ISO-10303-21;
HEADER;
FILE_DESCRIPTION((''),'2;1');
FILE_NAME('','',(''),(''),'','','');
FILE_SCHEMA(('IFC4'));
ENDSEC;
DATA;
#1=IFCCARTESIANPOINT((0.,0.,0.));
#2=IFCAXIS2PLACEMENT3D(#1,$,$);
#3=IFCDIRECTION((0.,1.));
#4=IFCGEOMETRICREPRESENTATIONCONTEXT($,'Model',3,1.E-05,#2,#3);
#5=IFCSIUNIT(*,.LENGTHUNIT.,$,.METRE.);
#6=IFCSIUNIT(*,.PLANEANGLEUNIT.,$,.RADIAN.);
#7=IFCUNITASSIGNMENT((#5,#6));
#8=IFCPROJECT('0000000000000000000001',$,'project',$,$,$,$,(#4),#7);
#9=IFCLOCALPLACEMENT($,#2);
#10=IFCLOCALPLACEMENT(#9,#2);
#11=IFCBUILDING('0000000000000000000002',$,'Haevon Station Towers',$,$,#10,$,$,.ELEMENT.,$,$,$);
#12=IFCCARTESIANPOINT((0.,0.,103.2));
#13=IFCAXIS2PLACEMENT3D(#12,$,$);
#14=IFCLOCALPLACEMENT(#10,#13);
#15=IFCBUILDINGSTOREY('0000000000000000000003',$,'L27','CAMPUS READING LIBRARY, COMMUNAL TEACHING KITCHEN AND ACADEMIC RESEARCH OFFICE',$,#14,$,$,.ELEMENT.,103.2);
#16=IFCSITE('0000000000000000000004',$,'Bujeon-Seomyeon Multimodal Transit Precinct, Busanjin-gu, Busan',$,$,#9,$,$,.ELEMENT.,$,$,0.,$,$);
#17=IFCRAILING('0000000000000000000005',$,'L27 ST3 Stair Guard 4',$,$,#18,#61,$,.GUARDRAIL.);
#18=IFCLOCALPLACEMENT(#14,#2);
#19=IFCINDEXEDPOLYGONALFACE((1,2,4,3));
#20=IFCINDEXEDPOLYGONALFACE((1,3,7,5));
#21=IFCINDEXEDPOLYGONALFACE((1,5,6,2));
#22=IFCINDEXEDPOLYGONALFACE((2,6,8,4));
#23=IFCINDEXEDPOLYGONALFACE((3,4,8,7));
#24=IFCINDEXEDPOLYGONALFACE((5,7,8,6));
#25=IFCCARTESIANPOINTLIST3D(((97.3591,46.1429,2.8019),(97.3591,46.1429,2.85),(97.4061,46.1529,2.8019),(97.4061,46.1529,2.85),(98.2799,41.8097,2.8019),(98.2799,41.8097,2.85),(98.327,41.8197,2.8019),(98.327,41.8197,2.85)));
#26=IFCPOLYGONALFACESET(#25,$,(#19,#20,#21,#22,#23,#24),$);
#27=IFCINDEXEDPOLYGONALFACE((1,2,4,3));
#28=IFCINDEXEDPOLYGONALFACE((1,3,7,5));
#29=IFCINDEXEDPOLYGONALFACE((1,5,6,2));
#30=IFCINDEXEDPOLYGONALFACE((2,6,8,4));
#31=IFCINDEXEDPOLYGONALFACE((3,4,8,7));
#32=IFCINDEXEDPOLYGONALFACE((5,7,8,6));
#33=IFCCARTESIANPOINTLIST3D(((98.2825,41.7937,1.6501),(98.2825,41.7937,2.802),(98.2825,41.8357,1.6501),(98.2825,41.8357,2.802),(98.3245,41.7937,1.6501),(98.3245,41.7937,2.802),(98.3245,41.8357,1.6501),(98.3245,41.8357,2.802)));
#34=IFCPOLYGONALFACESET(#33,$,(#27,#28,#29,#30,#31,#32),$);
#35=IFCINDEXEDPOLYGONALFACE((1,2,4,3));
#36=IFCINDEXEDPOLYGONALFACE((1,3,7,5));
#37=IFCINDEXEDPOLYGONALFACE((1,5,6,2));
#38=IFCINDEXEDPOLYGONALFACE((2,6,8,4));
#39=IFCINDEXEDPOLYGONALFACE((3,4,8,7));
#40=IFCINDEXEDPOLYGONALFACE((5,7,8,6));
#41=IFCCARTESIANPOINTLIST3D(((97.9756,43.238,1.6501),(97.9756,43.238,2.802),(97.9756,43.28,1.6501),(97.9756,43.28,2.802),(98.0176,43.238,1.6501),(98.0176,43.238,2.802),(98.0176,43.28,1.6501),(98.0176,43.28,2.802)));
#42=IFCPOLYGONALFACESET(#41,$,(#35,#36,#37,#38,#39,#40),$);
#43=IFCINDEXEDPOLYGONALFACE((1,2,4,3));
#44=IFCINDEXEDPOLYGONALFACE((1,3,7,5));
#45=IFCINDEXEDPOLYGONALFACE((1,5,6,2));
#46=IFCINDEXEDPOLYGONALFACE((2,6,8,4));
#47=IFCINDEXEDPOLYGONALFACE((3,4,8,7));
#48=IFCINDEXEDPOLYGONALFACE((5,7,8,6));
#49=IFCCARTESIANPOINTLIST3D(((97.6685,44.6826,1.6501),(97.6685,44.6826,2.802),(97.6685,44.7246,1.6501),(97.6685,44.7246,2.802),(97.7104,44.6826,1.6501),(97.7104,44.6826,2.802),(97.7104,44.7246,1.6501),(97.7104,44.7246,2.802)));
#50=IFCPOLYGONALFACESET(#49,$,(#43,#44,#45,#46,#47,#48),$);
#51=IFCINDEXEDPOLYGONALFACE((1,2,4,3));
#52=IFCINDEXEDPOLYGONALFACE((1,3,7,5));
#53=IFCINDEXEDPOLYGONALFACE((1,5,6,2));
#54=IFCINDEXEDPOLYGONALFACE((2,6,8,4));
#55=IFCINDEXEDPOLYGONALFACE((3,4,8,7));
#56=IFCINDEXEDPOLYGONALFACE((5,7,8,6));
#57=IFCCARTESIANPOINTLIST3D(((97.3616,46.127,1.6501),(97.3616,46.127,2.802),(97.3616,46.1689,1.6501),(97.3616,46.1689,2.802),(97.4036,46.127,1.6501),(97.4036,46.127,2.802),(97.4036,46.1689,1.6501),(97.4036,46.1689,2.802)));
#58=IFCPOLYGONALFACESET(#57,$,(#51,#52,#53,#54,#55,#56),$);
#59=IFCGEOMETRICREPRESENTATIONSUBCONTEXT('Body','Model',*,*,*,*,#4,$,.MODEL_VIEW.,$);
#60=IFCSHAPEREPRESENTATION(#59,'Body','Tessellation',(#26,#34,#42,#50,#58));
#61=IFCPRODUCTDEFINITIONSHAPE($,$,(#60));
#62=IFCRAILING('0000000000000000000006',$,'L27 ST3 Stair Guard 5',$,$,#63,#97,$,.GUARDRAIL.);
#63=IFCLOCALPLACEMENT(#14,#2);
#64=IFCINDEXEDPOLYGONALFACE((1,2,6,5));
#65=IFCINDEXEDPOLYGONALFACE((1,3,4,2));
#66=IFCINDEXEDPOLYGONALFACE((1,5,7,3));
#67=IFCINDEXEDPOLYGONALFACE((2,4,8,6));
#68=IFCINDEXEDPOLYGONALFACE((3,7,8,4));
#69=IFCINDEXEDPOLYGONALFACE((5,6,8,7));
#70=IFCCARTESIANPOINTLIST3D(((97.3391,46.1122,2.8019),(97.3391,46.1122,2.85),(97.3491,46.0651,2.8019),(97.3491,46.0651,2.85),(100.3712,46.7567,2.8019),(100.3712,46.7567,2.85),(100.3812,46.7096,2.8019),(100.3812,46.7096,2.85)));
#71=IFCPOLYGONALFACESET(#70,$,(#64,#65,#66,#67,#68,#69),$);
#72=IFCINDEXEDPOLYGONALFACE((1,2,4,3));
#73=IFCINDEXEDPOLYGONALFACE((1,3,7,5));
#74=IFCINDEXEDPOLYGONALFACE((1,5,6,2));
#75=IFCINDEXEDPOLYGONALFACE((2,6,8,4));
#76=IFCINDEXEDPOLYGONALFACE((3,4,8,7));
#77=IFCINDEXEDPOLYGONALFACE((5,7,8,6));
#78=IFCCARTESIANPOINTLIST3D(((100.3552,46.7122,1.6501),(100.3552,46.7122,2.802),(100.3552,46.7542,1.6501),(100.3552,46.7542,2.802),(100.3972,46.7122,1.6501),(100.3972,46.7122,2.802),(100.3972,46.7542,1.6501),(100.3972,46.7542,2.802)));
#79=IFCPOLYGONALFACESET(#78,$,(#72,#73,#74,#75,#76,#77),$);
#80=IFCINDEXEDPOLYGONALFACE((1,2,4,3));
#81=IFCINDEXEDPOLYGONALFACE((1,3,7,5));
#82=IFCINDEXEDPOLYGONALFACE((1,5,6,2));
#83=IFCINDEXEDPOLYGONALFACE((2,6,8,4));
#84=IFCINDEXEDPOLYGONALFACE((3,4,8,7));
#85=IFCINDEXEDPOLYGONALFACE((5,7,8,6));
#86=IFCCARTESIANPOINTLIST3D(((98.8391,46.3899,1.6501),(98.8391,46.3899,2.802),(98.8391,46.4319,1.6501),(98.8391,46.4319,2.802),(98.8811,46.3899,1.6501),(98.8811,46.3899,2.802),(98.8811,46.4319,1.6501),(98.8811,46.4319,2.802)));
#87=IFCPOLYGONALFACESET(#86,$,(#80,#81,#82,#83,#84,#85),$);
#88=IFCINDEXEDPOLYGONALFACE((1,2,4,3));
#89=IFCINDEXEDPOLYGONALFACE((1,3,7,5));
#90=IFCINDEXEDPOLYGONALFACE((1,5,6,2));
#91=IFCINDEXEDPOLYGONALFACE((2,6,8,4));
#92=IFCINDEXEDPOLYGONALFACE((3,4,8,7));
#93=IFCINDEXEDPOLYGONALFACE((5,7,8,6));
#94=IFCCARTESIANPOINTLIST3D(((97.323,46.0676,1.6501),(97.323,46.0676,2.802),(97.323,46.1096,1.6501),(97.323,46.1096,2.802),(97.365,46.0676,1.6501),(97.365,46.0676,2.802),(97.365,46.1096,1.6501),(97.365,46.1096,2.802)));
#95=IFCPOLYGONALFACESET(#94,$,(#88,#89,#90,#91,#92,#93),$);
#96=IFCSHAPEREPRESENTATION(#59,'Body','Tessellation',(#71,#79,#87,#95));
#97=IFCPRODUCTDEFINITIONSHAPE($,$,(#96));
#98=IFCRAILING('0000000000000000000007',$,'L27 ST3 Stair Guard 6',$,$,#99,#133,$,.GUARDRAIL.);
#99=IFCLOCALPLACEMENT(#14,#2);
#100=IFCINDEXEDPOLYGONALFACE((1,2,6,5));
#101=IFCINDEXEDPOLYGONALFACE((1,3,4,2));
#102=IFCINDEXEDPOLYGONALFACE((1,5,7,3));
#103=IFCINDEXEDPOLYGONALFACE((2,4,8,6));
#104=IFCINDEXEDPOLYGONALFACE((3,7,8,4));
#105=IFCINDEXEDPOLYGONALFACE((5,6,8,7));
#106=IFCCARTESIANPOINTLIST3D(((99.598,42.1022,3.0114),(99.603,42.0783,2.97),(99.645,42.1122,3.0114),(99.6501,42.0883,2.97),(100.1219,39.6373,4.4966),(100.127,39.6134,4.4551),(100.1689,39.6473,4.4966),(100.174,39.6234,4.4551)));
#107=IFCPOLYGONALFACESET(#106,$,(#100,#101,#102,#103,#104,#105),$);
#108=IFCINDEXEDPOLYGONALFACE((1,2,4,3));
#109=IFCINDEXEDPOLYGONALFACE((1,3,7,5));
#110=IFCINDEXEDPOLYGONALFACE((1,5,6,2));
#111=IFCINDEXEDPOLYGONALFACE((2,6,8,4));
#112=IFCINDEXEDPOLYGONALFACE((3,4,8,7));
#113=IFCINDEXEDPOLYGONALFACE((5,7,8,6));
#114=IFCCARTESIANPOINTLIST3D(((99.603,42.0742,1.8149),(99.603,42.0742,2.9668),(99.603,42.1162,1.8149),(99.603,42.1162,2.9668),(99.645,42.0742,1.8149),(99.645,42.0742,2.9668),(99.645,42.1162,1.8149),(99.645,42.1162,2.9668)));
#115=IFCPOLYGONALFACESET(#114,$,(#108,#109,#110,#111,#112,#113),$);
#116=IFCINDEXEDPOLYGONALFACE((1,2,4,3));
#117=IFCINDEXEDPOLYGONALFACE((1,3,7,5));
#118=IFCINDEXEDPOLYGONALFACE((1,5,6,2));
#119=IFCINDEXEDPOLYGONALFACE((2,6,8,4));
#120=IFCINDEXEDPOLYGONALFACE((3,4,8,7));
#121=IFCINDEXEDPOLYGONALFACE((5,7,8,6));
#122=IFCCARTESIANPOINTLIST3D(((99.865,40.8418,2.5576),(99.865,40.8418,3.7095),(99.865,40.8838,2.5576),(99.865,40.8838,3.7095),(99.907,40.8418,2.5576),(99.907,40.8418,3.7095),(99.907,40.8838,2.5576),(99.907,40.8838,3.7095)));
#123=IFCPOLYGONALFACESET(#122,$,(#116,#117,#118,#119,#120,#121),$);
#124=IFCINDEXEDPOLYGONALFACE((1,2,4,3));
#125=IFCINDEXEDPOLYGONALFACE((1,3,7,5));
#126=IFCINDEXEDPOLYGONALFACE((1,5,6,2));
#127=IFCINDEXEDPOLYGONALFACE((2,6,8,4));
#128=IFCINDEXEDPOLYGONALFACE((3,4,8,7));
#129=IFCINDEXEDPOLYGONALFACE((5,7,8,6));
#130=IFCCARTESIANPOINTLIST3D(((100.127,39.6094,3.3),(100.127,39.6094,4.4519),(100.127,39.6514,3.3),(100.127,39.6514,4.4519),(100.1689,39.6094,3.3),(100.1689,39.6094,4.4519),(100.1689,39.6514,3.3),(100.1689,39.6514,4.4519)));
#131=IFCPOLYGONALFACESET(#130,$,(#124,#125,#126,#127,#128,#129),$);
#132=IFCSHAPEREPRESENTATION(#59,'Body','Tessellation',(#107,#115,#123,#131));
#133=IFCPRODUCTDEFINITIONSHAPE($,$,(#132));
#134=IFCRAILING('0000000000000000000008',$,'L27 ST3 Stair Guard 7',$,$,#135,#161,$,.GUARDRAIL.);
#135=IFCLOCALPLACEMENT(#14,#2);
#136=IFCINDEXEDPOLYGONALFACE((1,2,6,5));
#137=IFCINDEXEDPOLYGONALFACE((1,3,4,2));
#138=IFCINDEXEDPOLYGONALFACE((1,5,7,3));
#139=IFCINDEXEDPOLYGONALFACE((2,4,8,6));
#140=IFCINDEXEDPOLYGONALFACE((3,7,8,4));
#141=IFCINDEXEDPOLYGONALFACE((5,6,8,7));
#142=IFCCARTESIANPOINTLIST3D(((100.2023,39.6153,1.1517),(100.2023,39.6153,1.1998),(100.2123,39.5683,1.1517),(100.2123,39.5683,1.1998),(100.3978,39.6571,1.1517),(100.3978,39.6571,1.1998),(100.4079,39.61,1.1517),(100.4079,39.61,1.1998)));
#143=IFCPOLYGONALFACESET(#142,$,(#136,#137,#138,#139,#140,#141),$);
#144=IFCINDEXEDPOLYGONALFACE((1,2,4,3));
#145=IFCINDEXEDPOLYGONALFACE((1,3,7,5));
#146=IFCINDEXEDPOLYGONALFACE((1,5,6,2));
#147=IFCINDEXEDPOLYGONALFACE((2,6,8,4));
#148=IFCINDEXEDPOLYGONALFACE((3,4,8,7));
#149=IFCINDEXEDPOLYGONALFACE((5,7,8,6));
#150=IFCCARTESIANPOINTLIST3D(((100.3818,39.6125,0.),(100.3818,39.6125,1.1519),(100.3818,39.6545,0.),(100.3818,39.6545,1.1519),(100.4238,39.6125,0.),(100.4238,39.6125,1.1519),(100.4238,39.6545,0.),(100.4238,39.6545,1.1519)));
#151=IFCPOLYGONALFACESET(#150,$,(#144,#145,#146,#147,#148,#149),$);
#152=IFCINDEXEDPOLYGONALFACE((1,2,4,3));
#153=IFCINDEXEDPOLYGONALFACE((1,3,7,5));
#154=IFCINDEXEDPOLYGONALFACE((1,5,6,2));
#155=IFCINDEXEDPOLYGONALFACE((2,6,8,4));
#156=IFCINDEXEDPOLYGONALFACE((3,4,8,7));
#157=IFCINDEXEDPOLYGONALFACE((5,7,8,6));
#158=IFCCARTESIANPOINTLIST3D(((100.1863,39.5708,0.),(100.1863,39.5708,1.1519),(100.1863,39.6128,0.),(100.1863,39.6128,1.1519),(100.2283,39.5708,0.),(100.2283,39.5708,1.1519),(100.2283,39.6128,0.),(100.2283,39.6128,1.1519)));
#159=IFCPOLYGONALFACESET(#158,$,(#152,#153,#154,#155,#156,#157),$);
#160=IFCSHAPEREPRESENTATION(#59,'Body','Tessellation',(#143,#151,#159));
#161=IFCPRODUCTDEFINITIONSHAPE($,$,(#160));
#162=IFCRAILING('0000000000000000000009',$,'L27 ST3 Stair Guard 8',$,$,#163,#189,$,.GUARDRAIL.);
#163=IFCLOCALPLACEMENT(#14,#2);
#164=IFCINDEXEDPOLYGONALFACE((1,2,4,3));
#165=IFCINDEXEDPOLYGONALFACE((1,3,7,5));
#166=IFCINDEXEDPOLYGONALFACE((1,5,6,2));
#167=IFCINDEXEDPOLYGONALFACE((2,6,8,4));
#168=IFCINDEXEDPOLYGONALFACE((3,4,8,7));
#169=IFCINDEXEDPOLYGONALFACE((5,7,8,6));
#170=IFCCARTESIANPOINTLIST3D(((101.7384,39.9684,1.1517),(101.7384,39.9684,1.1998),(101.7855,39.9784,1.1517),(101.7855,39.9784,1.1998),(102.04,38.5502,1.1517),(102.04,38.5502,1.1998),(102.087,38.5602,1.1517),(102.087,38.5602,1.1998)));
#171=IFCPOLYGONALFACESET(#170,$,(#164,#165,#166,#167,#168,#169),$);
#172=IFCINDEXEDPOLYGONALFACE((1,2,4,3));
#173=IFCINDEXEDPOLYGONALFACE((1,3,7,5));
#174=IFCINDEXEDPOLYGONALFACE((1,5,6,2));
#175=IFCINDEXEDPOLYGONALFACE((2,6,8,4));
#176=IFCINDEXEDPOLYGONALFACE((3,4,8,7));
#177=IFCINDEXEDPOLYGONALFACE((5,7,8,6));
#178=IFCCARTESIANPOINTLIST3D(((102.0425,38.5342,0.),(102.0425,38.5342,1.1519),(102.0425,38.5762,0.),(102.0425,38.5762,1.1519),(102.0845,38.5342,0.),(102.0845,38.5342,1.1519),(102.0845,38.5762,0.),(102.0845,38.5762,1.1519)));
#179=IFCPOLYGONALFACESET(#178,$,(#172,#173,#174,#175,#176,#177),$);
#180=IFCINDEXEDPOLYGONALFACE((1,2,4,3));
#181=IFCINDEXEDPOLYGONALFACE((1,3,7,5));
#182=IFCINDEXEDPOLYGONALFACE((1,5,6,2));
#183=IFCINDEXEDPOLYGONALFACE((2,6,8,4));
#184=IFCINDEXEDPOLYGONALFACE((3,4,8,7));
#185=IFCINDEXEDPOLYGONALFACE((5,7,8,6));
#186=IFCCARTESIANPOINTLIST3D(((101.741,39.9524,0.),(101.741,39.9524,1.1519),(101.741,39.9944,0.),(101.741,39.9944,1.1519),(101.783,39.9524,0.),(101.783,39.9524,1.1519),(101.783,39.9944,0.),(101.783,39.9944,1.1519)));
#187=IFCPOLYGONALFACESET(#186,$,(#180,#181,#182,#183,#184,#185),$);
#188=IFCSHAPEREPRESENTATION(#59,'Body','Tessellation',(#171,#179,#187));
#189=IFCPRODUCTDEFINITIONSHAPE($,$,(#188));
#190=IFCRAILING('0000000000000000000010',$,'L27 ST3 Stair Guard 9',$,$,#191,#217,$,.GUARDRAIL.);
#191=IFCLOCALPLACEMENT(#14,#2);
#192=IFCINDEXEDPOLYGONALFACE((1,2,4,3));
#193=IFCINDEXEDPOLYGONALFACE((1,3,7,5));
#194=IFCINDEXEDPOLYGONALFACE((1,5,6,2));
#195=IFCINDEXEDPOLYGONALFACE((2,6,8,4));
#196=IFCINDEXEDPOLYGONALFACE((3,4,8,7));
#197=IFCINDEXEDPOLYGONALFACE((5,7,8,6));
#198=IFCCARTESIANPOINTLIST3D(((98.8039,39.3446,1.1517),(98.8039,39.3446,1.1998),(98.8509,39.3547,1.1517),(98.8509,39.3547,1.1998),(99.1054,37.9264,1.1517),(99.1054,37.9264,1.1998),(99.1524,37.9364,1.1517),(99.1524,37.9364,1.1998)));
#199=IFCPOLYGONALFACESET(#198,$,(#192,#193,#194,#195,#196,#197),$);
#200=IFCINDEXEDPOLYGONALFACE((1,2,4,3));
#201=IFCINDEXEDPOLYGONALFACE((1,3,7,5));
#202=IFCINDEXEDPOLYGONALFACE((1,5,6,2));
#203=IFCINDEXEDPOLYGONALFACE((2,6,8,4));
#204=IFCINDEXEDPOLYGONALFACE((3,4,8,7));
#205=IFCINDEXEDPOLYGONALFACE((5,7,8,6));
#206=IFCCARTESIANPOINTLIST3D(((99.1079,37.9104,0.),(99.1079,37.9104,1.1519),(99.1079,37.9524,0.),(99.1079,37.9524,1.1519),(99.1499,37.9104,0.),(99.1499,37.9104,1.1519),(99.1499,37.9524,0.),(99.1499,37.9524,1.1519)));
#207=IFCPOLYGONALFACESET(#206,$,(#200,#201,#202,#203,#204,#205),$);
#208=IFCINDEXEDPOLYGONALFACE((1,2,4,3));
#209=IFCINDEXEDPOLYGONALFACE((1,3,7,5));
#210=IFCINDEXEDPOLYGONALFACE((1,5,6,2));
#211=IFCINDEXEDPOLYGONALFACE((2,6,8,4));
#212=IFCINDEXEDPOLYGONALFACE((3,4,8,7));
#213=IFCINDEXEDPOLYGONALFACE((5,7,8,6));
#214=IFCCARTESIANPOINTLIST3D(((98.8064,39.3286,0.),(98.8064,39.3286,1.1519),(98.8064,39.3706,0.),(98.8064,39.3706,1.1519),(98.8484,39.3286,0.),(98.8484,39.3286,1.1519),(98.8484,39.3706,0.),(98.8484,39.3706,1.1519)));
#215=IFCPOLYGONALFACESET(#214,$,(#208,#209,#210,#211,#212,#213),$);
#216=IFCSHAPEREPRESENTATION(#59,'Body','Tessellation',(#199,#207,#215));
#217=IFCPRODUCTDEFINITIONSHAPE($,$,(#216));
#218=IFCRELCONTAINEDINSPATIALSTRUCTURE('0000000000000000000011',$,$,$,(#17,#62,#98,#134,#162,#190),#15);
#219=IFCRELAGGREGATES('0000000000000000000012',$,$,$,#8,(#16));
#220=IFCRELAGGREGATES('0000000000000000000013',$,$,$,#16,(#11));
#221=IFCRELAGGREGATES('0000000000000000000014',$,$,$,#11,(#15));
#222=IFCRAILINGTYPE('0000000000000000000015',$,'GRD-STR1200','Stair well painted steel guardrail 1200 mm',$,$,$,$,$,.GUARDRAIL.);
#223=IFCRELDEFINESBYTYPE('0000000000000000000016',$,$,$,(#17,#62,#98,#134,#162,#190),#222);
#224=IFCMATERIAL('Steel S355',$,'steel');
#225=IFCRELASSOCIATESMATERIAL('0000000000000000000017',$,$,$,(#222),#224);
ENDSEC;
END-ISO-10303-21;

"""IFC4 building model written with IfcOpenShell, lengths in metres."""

from ifc_helpers import new_model, si_unit, direction, frame, origin, origin_2d, place, context, subcontext, project, spatial, rectangle, extrude, material, type_object, element, save


model = new_model("IFC4")

# Units and contexts
model_context = context("Model", 3, precision=1e-05, world=origin(), true_north=direction((0.0, 1.0)))
body_context = subcontext(model_context, "Body", "Model", "MODEL_VIEW")
ifc_project = project(units=[si_unit("LENGTHUNIT", "METRE"), si_unit("PLANEANGLEUNIT", "RADIAN")], contexts=[model_context])

# Site, building, storey
site_placement = place(None, origin())
site = spatial("IfcSite", under=ifc_project, at=site_placement, Name="Bujeon-Seomyeon Multimodal Transit Precinct, Busanjin-gu, Busan", CompositionType="ELEMENT", RefElevation=0.0)
building_placement = place(site_placement, origin())
building = spatial("IfcBuilding", under=site, at=building_placement, Name="Haevon Station Towers", CompositionType="ELEMENT")
storey_placement = place(building_placement, frame((0.0, 0.0, 103.2)))
storey = spatial("IfcBuildingStorey", under=building, at=storey_placement, Name="L27", Description="CAMPUS READING LIBRARY, COMMUNAL TEACHING KITCHEN AND ACADEMIC RESEARCH OFFICE", CompositionType="ELEMENT", Elevation=103.2)

# Shared definitions
ifc_material_1 = material(Name="Steel S355", Category="steel")

# Railings
railing_type_1 = type_object("IfcRailingType", Name="GRD-STR1200", Description="Stair well painted steel guardrail 1200 mm", PredefinedType="GUARDRAIL", material=ifc_material_1)
railing_1_placement = place(storey_placement, frame((98.3035, 41.8147, 1.6501)))
element("IfcRailing", 1, at=railing_1_placement, inside=storey, type_object=railing_type_1, Name="L27 ST3 Stair Guard 4", PredefinedType="GUARDRAIL", context=body_context, shape_type="SweptSolid", body=[
    extrude(rectangle(XDim=0.0481, YDim=0.0481, at=origin_2d()), frame((0.0, 0.0, 1.1758), z_axis=(-0.207877, 0.978155, 0.0), x_axis=(-0.978155, -0.207877, 0.0)), (0.0, 0.0, 1.0), 4.4299),
    extrude(rectangle(XDim=0.042, YDim=0.042, at=origin_2d()), origin(), (0.0, 0.0, 1.0), 1.1519),
    extrude(rectangle(XDim=0.042, YDim=0.042, at=origin_2d()), frame((-0.3069, 1.4443, 0.0)), (0.0, 0.0, 1.0), 1.1519),
    extrude(rectangle(XDim=0.042, YDim=0.042, at=origin_2d()), frame((-0.614, 2.8889, 0.0)), (0.0, 0.0, 1.0), 1.1519),
    extrude(rectangle(XDim=0.042, YDim=0.042, at=origin_2d()), frame((-0.9209, 4.3333, 0.0)), (0.0, 0.0, 1.0), 1.1519),
])
railing_2_placement = place(storey_placement, frame((100.3762, 46.7332, 1.6501)))
element("IfcRailing", 2, at=railing_2_placement, inside=storey, type_object=railing_type_1, Name="L27 ST3 Stair Guard 5", PredefinedType="GUARDRAIL", context=body_context, shape_type="SweptSolid", body=[
    extrude(rectangle(XDim=0.0481, YDim=0.0481, at=origin_2d()), frame((0.0, 0.0, 1.1758), z_axis=(-0.978147, -0.207915, 0.0), x_axis=(0.207915, -0.978147, 0.0)), (0.0, 0.0, 1.0), 3.0999),
    extrude(rectangle(XDim=0.042, YDim=0.042, at=origin_2d()), origin(), (0.0, 0.0, 1.0), 1.1519),
    extrude(rectangle(XDim=0.042, YDim=0.042, at=origin_2d()), frame((-1.5161, -0.3223, 0.0)), (0.0, 0.0, 1.0), 1.1519),
    extrude(rectangle(XDim=0.042, YDim=0.042, at=origin_2d()), frame((-3.0322, -0.6445, 0.0)), (0.0, 0.0, 1.0), 1.1519),
])
railing_3_placement = place(storey_placement, frame((99.624, 42.0952, 1.8149)))
element("IfcRailing", 3, at=railing_3_placement, inside=storey, type_object=railing_type_1, Name="L27 ST3 Stair Guard 6", PredefinedType="GUARDRAIL", context=body_context, shape_type="SweptSolid", body=[
    extrude(rectangle(XDim=0.0481, YDim=0.0481, at=origin_2d()), frame((0.0, 0.0, 1.1758), z_axis=(0.179121, -0.842688, 0.507733), x_axis=(0.978147, 0.207914, 0.0)), (0.0, 0.0, 1.0), 2.925),
    extrude(rectangle(XDim=0.042, YDim=0.042, at=origin_2d()), origin(), (0.0, 0.0, 1.0), 1.1519),
    extrude(rectangle(XDim=0.042, YDim=0.042, at=origin_2d()), frame((0.262, -1.2324, 0.7427)), (0.0, 0.0, 1.0), 1.1519),
    extrude(rectangle(XDim=0.042, YDim=0.042, at=origin_2d()), frame((0.5239, -2.4648, 1.4851)), (0.0, 0.0, 1.0), 1.1519),
])
railing_4_placement = place(storey_placement, frame((100.4028, 39.6335, 0.0)))
element("IfcRailing", 4, at=railing_4_placement, inside=storey, type_object=railing_type_1, Name="L27 ST3 Stair Guard 7", PredefinedType="GUARDRAIL", context=body_context, shape_type="SweptSolid", body=[
    extrude(rectangle(XDim=0.0481, YDim=0.0481, at=origin_2d()), frame((0.0, 0.0, 1.1758), z_axis=(-0.977963, -0.208779, 0.0), x_axis=(0.208779, -0.977963, 0.0)), (0.0, 0.0, 1.0), 0.2),
    extrude(rectangle(XDim=0.042, YDim=0.042, at=origin_2d()), origin(), (0.0, 0.0, 1.0), 1.1519),
    extrude(rectangle(XDim=0.042, YDim=0.042, at=origin_2d()), frame((-0.1956, -0.0417, 0.0)), (0.0, 0.0, 1.0), 1.1519),
])
for number, where, name in (
    (5, (102.0635, 38.5552, 0.0), "L27 ST3 Stair Guard 8"),
    (6, (99.1289, 37.9314, 0.0), "L27 ST3 Stair Guard 9"),
):
    element("IfcRailing", number, at=place(storey_placement, frame(where)), inside=storey, type_object=railing_type_1, Name=name, PredefinedType="GUARDRAIL", context=body_context, shape_type="SweptSolid", body=[
        extrude(rectangle(XDim=0.0481, YDim=0.0481, at=origin_2d()), frame((0.0, 0.0, 1.1758), z_axis=(-0.207953, 0.978139, 0.0), x_axis=(-0.978139, -0.207953, 0.0)), (0.0, 0.0, 1.0), 1.45),
        extrude(rectangle(XDim=0.042, YDim=0.042, at=origin_2d()), origin(), (0.0, 0.0, 1.0), 1.1519),
        extrude(rectangle(XDim=0.042, YDim=0.042, at=origin_2d()), frame((-0.3015, 1.4182, 0.0)), (0.0, 0.0, 1.0), 1.1519),
    ])

save(model, "model.ifc")
